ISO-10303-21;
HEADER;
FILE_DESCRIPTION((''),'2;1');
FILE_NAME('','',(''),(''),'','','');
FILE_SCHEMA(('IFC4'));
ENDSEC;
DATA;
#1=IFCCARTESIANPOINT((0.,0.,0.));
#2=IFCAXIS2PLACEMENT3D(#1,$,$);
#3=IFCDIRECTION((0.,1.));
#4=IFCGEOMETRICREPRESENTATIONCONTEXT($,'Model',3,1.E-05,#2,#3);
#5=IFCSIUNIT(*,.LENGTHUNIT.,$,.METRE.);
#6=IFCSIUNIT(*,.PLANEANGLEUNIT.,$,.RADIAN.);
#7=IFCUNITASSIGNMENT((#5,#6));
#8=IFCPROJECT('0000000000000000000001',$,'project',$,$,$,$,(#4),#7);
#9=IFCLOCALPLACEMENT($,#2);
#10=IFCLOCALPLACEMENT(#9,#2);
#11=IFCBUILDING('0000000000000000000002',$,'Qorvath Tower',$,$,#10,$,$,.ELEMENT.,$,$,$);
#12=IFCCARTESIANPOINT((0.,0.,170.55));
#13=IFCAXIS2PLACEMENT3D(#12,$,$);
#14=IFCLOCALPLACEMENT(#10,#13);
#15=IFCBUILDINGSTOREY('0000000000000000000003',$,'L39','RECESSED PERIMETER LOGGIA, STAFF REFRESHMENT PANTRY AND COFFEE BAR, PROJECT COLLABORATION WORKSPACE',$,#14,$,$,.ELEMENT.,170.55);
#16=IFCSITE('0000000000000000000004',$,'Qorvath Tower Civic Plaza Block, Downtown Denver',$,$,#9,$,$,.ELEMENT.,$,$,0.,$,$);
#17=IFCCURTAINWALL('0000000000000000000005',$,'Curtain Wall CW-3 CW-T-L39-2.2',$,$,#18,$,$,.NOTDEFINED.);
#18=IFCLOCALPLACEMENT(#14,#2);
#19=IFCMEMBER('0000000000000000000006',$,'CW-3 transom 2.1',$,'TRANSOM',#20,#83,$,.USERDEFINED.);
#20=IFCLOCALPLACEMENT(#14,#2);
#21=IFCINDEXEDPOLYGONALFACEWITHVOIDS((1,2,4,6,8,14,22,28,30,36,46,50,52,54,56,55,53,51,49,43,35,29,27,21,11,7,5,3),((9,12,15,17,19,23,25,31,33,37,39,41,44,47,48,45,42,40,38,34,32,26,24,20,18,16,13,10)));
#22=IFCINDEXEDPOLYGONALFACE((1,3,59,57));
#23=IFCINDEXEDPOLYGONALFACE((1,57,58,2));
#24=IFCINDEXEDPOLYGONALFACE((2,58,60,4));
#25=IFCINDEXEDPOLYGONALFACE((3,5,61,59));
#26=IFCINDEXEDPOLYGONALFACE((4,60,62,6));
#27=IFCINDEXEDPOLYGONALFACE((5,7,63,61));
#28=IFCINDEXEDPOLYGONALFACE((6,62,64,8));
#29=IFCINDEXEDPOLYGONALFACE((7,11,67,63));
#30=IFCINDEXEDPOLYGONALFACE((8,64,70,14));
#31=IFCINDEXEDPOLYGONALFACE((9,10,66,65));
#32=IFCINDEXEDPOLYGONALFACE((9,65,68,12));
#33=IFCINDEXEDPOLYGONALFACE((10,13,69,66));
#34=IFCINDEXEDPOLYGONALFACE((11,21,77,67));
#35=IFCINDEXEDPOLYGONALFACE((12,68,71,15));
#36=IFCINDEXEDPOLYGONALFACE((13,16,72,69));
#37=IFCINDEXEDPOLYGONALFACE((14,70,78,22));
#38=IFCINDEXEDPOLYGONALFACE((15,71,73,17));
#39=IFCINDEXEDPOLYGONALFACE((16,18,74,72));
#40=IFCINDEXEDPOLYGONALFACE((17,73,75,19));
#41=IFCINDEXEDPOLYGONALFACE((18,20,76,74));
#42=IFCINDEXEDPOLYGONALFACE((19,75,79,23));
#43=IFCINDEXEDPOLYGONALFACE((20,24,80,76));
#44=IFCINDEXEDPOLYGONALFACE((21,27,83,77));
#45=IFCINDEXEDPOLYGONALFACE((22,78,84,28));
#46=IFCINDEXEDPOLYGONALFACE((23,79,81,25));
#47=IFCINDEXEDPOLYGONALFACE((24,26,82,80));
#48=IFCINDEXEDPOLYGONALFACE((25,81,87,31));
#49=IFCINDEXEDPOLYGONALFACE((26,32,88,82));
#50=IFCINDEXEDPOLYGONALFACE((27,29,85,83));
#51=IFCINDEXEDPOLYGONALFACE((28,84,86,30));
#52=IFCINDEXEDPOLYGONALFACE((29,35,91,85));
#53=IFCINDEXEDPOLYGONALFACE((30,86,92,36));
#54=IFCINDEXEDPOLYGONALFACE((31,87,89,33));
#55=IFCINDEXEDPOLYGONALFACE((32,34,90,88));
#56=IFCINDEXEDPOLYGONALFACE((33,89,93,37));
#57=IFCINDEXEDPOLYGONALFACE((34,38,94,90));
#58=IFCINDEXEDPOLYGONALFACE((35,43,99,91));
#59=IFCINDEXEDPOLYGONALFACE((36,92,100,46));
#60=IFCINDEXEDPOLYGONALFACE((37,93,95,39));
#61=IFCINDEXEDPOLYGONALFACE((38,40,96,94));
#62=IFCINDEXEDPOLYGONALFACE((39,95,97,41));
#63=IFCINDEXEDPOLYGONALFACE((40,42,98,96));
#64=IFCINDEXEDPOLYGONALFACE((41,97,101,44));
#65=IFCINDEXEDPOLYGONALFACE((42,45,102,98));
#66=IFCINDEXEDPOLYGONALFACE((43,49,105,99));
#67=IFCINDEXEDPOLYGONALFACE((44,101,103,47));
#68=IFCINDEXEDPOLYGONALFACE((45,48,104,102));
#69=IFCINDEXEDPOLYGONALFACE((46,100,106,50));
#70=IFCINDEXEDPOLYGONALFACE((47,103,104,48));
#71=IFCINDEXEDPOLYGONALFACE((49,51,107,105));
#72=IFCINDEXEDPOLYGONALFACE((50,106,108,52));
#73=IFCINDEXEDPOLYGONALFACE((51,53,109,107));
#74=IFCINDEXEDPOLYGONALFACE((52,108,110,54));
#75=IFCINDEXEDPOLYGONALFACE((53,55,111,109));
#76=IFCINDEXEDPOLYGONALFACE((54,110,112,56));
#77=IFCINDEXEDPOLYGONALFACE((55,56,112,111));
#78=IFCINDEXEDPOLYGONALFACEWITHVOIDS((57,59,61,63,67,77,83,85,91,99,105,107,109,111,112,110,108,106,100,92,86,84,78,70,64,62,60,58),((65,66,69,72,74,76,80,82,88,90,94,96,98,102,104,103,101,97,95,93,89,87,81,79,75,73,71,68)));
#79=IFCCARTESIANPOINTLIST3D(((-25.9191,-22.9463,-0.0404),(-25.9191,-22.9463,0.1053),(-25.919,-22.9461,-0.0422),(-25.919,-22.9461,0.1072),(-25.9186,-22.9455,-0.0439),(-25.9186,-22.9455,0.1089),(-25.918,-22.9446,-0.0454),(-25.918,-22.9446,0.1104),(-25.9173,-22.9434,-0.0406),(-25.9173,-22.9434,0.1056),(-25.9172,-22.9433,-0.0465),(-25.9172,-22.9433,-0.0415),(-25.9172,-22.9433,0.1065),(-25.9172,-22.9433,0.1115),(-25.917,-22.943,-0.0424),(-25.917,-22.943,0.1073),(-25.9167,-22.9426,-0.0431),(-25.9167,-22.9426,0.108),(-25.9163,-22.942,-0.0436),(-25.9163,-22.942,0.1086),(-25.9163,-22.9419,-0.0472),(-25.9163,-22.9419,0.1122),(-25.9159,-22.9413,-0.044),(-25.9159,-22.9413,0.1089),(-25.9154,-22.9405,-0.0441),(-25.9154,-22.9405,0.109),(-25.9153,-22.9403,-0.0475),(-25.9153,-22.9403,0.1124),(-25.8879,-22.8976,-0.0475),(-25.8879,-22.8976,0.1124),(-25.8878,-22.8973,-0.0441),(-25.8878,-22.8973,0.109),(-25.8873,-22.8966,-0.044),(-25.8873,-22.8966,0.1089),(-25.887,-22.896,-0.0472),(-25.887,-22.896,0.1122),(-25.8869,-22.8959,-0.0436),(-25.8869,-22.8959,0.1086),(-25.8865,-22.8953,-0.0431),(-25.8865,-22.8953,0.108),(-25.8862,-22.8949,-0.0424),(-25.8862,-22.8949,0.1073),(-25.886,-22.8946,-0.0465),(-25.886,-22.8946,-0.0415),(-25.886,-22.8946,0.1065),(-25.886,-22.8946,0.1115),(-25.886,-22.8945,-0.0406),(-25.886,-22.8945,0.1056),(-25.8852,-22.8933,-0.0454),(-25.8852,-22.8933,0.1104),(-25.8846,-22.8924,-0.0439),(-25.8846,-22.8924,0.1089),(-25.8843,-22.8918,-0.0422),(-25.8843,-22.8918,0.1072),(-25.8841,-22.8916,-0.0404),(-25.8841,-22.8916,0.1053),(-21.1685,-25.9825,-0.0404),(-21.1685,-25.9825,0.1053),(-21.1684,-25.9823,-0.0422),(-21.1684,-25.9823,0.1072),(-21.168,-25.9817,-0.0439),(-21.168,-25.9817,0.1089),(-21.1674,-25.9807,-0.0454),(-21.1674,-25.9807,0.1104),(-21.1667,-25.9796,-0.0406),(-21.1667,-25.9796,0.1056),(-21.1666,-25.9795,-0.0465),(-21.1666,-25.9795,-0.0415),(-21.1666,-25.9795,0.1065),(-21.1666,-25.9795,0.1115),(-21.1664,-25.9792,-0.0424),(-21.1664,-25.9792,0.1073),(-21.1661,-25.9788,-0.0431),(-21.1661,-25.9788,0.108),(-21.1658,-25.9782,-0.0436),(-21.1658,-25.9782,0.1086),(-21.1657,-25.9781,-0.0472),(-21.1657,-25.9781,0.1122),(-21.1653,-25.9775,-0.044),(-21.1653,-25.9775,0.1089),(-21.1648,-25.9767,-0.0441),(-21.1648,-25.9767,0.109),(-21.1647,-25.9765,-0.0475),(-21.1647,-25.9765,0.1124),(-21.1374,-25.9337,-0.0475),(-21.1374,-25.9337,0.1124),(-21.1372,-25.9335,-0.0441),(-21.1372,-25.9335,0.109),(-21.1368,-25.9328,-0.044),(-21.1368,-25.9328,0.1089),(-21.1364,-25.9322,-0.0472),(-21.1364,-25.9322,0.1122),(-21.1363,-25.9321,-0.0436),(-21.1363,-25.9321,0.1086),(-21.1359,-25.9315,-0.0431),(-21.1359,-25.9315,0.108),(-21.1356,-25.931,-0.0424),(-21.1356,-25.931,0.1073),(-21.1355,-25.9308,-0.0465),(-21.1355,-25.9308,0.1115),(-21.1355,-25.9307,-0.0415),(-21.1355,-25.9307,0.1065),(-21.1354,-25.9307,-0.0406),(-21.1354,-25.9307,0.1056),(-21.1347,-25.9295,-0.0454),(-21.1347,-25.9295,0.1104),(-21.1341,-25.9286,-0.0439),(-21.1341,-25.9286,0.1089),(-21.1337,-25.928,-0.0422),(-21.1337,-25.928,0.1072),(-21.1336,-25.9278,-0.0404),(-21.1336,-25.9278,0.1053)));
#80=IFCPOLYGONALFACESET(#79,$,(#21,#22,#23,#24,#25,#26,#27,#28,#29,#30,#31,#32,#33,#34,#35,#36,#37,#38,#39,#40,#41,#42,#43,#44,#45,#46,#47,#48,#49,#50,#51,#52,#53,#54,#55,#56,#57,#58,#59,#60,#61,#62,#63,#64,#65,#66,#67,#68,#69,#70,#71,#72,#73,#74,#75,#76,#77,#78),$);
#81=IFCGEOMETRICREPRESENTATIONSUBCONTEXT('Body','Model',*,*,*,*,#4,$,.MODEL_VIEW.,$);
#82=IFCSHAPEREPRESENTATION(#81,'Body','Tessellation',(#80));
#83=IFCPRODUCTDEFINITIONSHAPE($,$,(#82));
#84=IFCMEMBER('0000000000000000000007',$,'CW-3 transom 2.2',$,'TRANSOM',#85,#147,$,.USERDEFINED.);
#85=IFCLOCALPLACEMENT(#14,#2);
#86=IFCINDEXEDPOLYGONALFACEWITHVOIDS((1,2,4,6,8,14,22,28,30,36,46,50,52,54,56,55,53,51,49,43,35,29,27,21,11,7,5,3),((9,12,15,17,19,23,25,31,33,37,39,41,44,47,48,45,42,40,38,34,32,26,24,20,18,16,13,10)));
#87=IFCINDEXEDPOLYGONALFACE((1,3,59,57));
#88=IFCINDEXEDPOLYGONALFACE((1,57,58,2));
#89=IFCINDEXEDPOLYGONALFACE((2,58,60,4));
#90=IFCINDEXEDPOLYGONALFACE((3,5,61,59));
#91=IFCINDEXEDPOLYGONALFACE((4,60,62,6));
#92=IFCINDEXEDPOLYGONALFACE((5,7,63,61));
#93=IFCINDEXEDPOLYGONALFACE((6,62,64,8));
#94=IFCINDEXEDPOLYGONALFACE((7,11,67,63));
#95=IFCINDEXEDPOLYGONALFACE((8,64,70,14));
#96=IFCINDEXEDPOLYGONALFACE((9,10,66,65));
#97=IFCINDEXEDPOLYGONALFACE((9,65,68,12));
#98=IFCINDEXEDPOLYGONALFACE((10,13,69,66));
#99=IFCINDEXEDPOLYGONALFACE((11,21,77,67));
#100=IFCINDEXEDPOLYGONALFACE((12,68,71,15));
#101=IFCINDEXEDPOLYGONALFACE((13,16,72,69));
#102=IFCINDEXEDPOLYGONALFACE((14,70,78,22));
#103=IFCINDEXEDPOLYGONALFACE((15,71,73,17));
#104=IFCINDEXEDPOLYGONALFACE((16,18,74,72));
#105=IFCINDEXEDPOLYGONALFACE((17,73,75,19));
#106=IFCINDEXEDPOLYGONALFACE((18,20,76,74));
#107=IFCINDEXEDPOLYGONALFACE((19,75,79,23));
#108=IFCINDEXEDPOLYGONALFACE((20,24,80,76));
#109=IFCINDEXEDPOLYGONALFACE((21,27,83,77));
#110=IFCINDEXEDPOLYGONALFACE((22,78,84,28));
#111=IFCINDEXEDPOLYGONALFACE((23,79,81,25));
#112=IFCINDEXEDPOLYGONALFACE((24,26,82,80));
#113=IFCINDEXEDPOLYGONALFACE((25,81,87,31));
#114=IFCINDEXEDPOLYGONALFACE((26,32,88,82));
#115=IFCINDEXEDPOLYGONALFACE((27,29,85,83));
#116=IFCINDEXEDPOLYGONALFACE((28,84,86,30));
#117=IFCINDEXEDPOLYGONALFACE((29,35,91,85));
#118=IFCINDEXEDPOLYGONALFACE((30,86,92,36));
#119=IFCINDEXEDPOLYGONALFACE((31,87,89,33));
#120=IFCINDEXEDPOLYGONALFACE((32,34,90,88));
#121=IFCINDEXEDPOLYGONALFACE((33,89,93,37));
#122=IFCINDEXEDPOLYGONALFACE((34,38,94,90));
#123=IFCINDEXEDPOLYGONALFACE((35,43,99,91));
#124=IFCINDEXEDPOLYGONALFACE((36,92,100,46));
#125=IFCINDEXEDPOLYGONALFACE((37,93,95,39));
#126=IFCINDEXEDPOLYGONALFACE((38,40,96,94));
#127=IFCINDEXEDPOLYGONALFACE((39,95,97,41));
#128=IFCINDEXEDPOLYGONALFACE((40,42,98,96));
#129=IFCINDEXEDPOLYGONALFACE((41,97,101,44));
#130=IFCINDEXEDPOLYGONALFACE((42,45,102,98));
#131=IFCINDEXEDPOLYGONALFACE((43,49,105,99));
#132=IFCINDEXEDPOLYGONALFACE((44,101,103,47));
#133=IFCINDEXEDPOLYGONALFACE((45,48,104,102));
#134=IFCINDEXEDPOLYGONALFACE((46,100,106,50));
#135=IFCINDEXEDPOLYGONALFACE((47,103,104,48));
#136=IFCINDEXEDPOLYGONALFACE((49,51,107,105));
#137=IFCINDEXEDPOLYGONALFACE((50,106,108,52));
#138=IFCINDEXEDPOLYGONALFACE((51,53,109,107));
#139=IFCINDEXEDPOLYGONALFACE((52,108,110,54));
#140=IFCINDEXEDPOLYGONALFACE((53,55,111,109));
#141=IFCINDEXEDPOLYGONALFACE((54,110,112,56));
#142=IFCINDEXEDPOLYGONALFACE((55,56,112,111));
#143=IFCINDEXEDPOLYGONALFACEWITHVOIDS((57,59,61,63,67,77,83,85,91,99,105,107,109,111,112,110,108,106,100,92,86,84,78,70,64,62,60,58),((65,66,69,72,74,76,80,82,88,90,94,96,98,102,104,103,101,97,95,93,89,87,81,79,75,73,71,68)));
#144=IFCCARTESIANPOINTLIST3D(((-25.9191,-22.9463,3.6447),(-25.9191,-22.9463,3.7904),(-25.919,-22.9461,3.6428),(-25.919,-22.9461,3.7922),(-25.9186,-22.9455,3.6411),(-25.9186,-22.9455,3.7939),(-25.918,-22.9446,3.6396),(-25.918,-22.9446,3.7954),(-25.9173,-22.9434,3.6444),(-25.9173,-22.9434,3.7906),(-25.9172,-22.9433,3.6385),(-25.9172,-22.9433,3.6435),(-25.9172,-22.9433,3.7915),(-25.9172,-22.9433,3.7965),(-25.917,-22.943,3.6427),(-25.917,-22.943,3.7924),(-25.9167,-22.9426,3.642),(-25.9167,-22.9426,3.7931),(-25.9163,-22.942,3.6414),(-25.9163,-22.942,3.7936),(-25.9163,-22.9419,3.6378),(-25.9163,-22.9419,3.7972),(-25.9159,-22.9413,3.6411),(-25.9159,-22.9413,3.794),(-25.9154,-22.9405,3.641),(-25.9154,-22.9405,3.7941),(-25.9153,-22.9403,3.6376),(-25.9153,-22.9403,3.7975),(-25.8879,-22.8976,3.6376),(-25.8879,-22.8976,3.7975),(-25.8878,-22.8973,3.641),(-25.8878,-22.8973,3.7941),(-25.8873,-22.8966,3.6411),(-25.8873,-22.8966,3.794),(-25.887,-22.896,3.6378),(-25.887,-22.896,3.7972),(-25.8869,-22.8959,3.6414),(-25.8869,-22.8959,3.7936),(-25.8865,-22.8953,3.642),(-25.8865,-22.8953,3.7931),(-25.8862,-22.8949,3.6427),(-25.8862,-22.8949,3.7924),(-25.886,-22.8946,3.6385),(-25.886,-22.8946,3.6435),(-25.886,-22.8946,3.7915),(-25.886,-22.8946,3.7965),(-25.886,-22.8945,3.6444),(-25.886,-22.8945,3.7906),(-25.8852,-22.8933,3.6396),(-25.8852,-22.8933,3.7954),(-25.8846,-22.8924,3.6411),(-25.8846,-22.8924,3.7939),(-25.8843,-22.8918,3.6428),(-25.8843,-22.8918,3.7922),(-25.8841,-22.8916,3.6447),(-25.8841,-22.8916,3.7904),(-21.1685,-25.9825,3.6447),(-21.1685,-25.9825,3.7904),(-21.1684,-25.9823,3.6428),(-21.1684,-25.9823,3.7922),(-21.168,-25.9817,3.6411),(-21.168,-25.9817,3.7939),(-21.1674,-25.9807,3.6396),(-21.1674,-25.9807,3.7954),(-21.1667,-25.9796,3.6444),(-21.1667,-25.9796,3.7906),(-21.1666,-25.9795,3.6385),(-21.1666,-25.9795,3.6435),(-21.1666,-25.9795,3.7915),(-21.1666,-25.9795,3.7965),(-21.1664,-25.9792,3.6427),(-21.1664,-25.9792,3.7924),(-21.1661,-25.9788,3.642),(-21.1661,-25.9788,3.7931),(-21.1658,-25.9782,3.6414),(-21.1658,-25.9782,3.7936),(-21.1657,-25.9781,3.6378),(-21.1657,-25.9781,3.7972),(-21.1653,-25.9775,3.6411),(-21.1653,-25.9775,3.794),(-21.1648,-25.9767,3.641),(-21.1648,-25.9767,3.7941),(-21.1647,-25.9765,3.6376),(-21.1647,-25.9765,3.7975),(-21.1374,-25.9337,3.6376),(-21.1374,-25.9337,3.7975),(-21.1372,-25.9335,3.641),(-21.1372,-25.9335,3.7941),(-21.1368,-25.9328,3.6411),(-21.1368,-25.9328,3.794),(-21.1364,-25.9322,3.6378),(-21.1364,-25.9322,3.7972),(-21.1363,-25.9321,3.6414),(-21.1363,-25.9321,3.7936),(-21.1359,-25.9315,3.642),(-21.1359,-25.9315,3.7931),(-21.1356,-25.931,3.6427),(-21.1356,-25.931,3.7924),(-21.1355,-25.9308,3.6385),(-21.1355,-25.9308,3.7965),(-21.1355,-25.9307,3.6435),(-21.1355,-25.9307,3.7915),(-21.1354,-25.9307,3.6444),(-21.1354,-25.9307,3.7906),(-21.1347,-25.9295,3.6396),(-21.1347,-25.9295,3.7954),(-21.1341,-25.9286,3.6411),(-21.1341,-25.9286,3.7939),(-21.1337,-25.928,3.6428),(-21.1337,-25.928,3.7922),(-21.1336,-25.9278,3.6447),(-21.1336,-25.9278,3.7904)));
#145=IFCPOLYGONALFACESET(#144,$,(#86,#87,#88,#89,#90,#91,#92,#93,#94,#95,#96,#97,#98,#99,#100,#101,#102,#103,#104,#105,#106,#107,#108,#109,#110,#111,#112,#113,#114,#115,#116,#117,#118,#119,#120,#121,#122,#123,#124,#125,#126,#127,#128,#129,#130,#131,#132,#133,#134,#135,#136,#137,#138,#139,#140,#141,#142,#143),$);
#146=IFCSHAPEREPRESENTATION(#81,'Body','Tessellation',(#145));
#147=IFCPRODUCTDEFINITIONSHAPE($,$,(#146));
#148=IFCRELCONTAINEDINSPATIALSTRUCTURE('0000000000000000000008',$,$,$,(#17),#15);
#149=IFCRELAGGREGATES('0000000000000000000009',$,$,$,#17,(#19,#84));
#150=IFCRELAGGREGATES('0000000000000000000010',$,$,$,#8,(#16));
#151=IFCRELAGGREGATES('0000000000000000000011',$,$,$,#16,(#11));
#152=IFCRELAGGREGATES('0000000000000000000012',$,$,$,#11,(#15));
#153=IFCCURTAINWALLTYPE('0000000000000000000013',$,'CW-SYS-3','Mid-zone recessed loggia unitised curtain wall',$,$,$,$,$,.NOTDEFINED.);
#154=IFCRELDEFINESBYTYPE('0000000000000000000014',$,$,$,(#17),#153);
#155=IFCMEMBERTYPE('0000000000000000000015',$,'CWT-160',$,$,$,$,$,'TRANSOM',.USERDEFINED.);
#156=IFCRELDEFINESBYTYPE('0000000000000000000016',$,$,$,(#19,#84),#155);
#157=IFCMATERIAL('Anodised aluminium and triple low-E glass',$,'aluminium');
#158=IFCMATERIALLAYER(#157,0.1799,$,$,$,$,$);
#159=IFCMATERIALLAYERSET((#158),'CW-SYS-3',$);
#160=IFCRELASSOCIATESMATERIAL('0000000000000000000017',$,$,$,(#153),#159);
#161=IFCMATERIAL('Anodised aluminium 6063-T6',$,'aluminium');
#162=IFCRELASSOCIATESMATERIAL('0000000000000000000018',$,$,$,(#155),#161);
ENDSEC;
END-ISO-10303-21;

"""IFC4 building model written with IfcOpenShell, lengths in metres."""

from ifc_helpers import new_model, si_unit, direction, frame, origin, origin_2d, place, context, subcontext, project, spatial, hollow_rectangle, extrude, material, layer, layer_set, material_profile, profile_set, type_object, element, aggregate, save


model = new_model("IFC4")

# Units and contexts
model_context = context("Model", 3, precision=1e-05, world=origin(), true_north=direction((0.0, 1.0)))
body_context = subcontext(model_context, "Body", "Model", "MODEL_VIEW")
ifc_project = project(units=[si_unit("LENGTHUNIT", "METRE"), si_unit("PLANEANGLEUNIT", "RADIAN")], contexts=[model_context])

# Site, building, storey
site_placement = place(None, origin())
site = spatial("IfcSite", under=ifc_project, at=site_placement, Name="Qorvath Tower Civic Plaza Block, Downtown Denver", CompositionType="ELEMENT", RefElevation=0.0)
building_placement = place(site_placement, origin())
building = spatial("IfcBuilding", under=site, at=building_placement, Name="Qorvath Tower", CompositionType="ELEMENT")
storey_placement = place(building_placement, frame((0.0, 0.0, 170.55)))
storey = spatial("IfcBuildingStorey", under=building, at=storey_placement, Name="L39", Description="RECESSED PERIMETER LOGGIA, STAFF REFRESHMENT PANTRY AND COFFEE BAR, PROJECT COLLABORATION WORKSPACE", CompositionType="ELEMENT", Elevation=170.55)

# Curtain wall, members
ifc_material_1 = material(Name="Anodised aluminium and triple low-E glass", Category="aluminium")
ifc_layer_1 = layer(ifc_material_1, 0.1799)
ifc_layer_set_1 = layer_set([ifc_layer_1], Name="CW-SYS-3")
curtain_wall_type = type_object("IfcCurtainWallType", Name="CW-SYS-3", Description="Mid-zone recessed loggia unitised curtain wall", PredefinedType="NOTDEFINED", material=ifc_layer_set_1)
curtain_wall_placement = place(storey_placement, origin())
curtain_wall = element("IfcCurtainWall", 1, at=curtain_wall_placement, inside=storey, type_object=curtain_wall_type, Name="Curtain Wall CW-3 CW-T-L39-2.2", PredefinedType="NOTDEFINED")
ifc_material_2 = material(Name="Anodised aluminium 6063-T6", Category="aluminium")
ifc_material_profile_1 = material_profile(ifc_material_2, hollow_rectangle(XDim=0.0649, YDim=0.1599, WallThickness=0.0034, InnerFilletRadius=0.0034, OuterFilletRadius=0.0071, at=origin_2d()), Name="CWT 160x65")
ifc_profile_set_1 = profile_set([ifc_material_profile_1], Name="Anodised aluminium 6063-T6")
member_type_1 = type_object("IfcMemberType", Name="CWT-160", ElementType="TRANSOM", PredefinedType="USERDEFINED", material=ifc_profile_set_1)
member_1_placement = place(storey_placement, frame((-25.9016, -22.9189, 0.0325), z_axis=(0.842608, -0.538528, 0.0), x_axis=(0.538528, 0.842608, 0.0)))
member_1 = element("IfcMember", 2, at=member_1_placement, type_object=member_type_1, Name="CW-3 transom 2.1", ObjectType="TRANSOM", PredefinedType="USERDEFINED", context=body_context, shape_type="SweptSolid", body=[
    extrude(hollow_rectangle(XDim=0.0649, YDim=0.1599, WallThickness=0.0034, InnerFilletRadius=0.0034, OuterFilletRadius=0.0071, at=origin_2d()), origin(), (0.0, 0.0, 1.0), 5.6379),
])
member_2_placement = place(storey_placement, frame((-25.9016, -22.9189, 3.7175), z_axis=(0.842608, -0.538528, 0.0), x_axis=(0.538528, 0.842608, 0.0)))
member_2 = element("IfcMember", 3, at=member_2_placement, type_object=member_type_1, Name="CW-3 transom 2.2", ObjectType="TRANSOM", PredefinedType="USERDEFINED", context=body_context, shape_type="SweptSolid", body=[
    extrude(hollow_rectangle(XDim=0.0649, YDim=0.1599, WallThickness=0.0034, InnerFilletRadius=0.0034, OuterFilletRadius=0.0071, at=origin_2d()), origin(), (0.0, 0.0, 1.0), 5.6379),
])
aggregate(curtain_wall, [member_1, member_2])

save(model, "model.ifc")
